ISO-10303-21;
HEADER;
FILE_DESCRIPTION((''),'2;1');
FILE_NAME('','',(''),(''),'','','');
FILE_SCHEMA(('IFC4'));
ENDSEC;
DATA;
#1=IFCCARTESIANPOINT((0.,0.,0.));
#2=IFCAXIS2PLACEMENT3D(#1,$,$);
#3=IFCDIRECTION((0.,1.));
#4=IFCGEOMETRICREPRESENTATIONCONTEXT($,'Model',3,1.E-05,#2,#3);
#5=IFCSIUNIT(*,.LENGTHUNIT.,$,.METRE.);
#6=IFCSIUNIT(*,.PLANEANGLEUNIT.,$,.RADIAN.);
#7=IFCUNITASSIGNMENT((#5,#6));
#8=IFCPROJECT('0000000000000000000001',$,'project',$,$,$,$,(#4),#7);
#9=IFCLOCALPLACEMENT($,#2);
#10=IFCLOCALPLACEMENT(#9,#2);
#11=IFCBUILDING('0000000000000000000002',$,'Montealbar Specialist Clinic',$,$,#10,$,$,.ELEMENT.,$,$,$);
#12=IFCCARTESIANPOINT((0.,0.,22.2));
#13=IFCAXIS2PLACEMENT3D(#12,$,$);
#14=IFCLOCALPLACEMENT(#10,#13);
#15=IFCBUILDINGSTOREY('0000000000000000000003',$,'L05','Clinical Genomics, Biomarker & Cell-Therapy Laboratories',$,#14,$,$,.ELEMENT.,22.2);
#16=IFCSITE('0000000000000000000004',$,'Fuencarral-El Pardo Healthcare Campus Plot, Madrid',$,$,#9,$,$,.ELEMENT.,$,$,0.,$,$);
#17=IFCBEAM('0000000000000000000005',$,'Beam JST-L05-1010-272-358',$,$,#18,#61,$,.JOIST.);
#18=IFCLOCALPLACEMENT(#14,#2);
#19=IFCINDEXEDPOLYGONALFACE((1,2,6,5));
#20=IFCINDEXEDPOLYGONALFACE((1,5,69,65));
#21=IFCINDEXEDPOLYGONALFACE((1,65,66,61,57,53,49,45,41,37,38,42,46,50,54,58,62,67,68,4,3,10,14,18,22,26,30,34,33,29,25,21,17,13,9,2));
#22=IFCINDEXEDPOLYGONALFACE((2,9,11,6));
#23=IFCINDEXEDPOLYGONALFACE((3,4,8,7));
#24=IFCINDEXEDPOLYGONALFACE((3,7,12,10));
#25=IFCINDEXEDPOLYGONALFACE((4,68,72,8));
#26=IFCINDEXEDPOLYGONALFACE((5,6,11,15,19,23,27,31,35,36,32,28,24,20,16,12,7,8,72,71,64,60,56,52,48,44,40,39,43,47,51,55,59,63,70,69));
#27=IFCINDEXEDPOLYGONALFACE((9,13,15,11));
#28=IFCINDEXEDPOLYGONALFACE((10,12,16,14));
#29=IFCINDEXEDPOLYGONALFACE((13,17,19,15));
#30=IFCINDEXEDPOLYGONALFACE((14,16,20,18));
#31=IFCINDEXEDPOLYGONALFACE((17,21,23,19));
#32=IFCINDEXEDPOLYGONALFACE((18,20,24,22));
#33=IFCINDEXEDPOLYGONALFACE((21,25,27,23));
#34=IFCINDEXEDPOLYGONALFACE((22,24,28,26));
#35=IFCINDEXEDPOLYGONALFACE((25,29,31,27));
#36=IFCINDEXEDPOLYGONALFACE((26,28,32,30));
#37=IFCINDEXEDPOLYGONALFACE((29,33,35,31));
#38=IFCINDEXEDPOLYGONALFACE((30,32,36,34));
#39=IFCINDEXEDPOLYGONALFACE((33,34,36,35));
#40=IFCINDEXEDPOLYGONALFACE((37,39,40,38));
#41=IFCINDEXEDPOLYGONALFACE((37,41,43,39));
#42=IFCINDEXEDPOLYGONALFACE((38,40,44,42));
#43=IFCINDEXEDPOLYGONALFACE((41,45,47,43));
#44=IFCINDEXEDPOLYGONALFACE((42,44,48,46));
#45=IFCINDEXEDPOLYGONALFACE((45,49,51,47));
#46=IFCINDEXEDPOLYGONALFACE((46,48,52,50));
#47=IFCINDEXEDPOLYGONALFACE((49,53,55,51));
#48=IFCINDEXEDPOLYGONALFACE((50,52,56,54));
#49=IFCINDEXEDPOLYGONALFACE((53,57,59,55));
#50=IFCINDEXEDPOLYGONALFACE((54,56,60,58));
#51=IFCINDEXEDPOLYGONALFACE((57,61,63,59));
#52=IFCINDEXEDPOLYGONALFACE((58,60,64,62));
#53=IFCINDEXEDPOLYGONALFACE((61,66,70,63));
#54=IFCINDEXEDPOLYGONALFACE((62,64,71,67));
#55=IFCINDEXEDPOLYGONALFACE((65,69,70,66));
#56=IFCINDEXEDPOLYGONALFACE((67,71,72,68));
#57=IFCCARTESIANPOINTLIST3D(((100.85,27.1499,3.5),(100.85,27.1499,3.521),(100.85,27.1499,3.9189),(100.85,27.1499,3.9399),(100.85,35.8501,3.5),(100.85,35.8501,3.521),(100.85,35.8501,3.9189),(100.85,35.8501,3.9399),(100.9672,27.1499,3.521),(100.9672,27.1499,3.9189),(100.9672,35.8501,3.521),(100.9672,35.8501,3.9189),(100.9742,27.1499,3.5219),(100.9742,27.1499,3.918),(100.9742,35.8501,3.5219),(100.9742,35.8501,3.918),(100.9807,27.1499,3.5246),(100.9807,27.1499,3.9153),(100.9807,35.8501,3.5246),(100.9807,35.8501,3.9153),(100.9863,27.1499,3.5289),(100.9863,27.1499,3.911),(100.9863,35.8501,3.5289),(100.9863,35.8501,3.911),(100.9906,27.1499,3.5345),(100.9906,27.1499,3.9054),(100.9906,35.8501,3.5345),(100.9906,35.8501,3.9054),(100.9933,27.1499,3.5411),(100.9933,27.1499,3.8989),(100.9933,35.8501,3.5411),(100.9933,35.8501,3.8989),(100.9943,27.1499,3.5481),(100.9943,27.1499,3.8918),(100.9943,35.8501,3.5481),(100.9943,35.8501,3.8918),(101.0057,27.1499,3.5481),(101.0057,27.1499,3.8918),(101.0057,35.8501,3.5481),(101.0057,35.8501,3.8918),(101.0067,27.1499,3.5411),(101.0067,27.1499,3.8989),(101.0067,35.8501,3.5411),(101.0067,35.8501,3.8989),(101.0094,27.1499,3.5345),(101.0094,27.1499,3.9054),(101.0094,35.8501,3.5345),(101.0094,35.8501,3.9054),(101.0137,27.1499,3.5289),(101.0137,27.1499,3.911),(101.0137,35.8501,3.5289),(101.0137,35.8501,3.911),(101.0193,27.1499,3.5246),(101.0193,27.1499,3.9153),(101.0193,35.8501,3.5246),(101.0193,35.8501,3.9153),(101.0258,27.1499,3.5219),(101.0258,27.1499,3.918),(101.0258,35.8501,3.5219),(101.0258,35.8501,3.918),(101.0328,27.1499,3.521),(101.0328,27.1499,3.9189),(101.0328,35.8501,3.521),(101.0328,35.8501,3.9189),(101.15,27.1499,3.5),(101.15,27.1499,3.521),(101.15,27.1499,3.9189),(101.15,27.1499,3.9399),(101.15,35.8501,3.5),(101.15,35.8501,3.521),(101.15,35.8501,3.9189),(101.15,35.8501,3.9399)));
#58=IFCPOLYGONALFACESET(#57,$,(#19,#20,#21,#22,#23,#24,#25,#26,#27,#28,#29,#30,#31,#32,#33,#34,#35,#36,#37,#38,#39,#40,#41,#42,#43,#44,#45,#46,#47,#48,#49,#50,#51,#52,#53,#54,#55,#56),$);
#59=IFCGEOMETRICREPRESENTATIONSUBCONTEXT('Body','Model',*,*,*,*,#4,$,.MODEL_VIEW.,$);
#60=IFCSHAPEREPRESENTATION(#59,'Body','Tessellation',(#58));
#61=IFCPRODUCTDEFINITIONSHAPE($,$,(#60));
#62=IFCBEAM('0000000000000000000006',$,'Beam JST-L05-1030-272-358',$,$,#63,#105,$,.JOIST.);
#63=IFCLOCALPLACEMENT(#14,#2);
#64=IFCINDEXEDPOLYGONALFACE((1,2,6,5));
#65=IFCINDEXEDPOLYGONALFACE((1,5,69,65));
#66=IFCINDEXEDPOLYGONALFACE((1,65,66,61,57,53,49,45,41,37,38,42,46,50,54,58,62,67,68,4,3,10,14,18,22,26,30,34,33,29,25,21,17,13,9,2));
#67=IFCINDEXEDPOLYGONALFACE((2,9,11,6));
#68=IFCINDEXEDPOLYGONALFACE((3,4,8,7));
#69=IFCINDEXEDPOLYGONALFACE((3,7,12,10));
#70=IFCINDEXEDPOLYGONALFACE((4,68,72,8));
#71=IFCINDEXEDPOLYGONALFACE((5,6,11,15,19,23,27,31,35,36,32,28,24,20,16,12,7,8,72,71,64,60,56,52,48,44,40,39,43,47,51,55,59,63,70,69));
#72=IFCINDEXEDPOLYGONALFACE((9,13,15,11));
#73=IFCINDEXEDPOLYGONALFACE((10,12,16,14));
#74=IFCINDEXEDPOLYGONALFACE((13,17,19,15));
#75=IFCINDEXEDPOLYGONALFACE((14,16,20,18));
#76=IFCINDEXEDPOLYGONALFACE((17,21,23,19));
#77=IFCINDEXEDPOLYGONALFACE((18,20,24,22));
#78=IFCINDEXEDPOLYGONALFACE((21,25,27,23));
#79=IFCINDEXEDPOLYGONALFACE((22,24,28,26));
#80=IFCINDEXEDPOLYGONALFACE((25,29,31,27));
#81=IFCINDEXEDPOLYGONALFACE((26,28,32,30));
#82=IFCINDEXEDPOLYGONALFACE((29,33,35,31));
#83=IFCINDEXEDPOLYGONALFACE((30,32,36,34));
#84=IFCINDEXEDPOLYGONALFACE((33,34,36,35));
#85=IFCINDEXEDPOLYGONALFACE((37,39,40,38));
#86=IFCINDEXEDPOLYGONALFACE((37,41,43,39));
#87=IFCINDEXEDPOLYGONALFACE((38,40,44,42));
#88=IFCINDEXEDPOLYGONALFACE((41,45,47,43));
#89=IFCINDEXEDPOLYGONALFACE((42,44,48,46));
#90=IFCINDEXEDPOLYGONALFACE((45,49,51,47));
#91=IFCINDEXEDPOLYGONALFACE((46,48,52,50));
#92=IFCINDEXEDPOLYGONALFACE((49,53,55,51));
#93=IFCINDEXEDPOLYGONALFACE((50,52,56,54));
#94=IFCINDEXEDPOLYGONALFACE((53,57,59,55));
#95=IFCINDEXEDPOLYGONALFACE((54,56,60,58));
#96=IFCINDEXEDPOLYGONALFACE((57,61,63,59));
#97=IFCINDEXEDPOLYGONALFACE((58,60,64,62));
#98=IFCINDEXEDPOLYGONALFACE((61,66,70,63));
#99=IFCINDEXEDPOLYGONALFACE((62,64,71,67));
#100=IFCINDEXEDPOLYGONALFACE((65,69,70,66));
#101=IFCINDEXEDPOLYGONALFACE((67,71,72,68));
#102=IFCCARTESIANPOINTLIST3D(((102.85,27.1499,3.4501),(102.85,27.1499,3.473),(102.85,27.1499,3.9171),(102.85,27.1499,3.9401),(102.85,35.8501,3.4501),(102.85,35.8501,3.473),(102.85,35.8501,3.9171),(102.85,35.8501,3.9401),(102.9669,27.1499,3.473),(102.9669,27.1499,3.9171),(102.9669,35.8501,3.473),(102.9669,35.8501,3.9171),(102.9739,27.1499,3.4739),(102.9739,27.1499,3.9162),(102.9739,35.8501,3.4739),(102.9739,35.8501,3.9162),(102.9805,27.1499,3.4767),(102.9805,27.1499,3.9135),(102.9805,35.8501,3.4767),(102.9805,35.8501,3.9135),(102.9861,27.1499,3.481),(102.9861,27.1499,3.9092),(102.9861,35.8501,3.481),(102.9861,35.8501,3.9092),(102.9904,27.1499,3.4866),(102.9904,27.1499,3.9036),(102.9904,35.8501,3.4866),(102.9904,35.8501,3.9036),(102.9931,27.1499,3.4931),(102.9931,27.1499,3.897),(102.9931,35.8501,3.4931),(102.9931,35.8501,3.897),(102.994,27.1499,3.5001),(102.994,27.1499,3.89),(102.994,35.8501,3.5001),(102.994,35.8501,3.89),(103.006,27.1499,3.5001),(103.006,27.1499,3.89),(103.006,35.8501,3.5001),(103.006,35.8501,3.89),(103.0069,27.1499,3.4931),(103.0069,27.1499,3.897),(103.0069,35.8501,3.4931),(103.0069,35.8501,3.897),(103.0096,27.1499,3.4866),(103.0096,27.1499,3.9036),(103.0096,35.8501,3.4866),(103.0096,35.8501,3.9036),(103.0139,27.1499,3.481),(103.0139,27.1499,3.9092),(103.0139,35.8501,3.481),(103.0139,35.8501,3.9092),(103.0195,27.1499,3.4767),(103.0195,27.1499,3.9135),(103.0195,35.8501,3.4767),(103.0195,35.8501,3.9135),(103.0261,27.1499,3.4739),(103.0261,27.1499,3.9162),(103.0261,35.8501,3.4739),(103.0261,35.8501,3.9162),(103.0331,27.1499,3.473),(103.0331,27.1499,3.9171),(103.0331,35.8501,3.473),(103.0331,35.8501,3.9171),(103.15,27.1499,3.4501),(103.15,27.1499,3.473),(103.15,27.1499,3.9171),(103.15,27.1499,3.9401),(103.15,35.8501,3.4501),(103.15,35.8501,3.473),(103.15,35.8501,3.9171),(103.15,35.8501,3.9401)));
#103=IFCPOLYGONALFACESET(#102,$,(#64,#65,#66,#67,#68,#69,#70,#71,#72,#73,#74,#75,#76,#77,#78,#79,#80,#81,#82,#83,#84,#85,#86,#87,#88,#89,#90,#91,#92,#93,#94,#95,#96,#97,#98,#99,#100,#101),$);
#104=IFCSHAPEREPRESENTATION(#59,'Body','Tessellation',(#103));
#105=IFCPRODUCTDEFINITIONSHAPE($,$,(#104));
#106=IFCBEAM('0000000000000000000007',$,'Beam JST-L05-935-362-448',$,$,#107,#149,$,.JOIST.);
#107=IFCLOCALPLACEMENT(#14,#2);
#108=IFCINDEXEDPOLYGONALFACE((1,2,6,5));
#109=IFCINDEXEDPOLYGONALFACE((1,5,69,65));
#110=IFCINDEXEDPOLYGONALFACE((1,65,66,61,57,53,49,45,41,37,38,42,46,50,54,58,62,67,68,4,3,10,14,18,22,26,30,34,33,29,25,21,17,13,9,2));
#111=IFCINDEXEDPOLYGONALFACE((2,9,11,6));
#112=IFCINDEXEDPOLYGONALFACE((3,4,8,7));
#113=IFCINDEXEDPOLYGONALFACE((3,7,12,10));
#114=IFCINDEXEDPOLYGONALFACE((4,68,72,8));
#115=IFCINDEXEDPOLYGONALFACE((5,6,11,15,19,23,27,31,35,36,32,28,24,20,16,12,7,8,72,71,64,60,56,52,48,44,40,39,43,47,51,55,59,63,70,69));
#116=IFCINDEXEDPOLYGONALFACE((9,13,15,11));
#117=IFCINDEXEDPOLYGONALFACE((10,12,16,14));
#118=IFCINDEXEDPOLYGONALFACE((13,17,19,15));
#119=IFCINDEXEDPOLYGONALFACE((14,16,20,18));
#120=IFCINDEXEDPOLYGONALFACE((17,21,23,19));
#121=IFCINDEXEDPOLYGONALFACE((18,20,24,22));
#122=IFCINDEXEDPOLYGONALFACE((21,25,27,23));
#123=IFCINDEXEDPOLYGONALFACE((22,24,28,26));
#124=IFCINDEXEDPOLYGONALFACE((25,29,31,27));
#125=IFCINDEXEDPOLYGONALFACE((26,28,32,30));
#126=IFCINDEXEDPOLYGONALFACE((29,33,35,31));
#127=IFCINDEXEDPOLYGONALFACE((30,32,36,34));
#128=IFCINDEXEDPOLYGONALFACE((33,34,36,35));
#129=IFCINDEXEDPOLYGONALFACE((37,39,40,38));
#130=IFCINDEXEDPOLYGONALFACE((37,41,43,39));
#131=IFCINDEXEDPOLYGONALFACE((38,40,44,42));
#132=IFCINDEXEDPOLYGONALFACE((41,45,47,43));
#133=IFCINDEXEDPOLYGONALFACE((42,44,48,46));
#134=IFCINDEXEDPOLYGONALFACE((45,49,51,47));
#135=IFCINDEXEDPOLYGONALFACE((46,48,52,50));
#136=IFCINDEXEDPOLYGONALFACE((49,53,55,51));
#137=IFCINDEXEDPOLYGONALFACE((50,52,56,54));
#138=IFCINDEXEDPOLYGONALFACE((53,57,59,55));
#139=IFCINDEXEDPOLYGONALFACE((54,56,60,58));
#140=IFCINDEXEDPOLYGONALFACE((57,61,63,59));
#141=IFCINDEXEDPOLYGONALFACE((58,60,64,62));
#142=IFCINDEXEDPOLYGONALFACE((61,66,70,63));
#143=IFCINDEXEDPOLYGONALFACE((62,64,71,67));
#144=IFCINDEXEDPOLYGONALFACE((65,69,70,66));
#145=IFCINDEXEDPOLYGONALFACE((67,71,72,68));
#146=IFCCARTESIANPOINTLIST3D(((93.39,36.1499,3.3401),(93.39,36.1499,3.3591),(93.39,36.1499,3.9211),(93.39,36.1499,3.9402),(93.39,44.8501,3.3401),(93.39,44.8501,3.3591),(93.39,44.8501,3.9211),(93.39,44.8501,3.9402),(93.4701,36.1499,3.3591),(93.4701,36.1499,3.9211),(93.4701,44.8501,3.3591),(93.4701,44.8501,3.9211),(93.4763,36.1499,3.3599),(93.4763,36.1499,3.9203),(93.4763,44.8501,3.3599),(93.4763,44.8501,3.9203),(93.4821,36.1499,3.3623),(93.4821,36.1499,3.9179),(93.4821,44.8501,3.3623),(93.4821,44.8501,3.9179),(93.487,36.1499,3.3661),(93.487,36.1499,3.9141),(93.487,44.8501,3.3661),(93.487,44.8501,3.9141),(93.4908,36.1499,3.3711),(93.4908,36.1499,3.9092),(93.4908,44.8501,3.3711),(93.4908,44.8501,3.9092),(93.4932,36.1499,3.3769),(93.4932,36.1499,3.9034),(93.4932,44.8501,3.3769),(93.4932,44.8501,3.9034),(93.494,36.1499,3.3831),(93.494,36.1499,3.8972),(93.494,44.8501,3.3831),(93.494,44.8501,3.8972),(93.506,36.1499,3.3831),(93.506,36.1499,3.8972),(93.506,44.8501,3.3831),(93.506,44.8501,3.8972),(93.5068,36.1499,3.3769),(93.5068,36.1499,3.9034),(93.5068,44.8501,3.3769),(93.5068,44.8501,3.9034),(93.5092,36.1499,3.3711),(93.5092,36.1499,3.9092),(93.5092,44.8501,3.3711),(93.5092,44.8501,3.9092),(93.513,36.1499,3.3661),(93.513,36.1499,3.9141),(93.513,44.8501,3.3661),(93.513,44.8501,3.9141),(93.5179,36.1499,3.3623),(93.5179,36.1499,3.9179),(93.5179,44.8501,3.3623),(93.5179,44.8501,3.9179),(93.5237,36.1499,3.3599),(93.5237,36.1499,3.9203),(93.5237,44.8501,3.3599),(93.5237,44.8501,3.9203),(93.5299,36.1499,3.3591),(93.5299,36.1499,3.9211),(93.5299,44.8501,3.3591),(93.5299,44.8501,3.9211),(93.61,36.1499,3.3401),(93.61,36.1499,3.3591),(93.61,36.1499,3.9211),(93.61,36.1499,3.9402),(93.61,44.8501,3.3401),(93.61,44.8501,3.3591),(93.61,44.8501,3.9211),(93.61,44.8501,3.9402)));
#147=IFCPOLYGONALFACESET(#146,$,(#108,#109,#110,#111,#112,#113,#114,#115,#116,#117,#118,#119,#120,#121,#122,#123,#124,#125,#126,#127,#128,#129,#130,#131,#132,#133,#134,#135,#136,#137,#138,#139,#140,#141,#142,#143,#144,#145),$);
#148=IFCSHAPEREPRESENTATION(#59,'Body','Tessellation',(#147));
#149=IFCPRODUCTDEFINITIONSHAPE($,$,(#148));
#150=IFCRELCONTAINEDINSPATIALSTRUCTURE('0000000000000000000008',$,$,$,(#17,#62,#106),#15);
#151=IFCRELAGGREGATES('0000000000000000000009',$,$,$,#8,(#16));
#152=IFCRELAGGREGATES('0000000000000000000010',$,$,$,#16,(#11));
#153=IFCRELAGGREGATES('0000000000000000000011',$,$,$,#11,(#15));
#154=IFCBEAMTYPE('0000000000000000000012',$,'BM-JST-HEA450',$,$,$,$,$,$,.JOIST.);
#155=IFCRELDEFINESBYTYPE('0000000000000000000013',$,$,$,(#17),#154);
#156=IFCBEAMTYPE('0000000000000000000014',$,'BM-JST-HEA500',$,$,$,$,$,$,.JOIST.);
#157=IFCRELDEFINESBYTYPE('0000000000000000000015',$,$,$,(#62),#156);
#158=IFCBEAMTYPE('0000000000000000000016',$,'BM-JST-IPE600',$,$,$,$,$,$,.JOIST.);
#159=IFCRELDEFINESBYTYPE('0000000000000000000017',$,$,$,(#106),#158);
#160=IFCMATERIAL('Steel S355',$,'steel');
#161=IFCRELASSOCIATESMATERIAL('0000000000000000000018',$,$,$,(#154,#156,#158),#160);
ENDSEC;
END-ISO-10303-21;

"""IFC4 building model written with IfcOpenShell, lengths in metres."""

from ifc_helpers import new_model, si_unit, direction, frame, origin, origin_2d, place, context, subcontext, project, spatial, i_section, extrude, material, material_profile, profile_set, type_object, element, save


model = new_model("IFC4")

# Units and contexts
model_context = context("Model", 3, precision=1e-05, world=origin(), true_north=direction((0.0, 1.0)))
body_context = subcontext(model_context, "Body", "Model", "MODEL_VIEW")
ifc_project = project(units=[si_unit("LENGTHUNIT", "METRE"), si_unit("PLANEANGLEUNIT", "RADIAN")], contexts=[model_context])

# Site, building, storey
site_placement = place(None, origin())
site = spatial("IfcSite", under=ifc_project, at=site_placement, Name="Fuencarral-El Pardo Healthcare Campus Plot, Madrid", CompositionType="ELEMENT", RefElevation=0.0)
building_placement = place(site_placement, origin())
building = spatial("IfcBuilding", under=site, at=building_placement, Name="Montealbar Specialist Clinic", CompositionType="ELEMENT")
storey_placement = place(building_placement, frame((0.0, 0.0, 22.2)))
storey = spatial("IfcBuildingStorey", under=building, at=storey_placement, Name="L05", Description="Clinical Genomics, Biomarker & Cell-Therapy Laboratories", CompositionType="ELEMENT", Elevation=22.2)

# Shared definitions
ifc_material_1 = material(Name="Steel S355", Category="steel")

# Beams
ifc_material_profile_1 = material_profile(ifc_material_1, i_section(OverallWidth=0.3, OverallDepth=0.4399, WebThickness=0.0115, FlangeThickness=0.021, FilletRadius=0.0271, at=origin_2d()), Name="HEA 450", Category="steel")
ifc_profile_set_1 = profile_set([ifc_material_profile_1], Name="Steel S355")
beam_type_1 = type_object("IfcBeamType", Name="BM-JST-HEA450", PredefinedType="JOIST", material=ifc_profile_set_1)
beam_1_placement = place(storey_placement, frame((101.0, 27.1499, 3.72), z_axis=(0.0, 1.0, 0.0), x_axis=(-1.0, 0.0, 0.0)))
element("IfcBeam", 1, at=beam_1_placement, inside=storey, type_object=beam_type_1, Name="Beam JST-L05-1010-272-358", PredefinedType="JOIST", context=body_context, shape_type="SweptSolid", body=[
    extrude(i_section(OverallWidth=0.3, OverallDepth=0.4399, WebThickness=0.0115, FlangeThickness=0.021, FilletRadius=0.0271, at=origin_2d()), origin(), (0.0, 0.0, 1.0), 8.7002),
])
ifc_material_profile_2 = material_profile(ifc_material_1, i_section(OverallWidth=0.3, OverallDepth=0.49, WebThickness=0.012, FlangeThickness=0.0229, FilletRadius=0.0271, at=origin_2d()), Name="HEA 500", Category="steel")
ifc_profile_set_2 = profile_set([ifc_material_profile_2], Name="Steel S355")
beam_type_2 = type_object("IfcBeamType", Name="BM-JST-HEA500", PredefinedType="JOIST", material=ifc_profile_set_2)
beam_2_placement = place(storey_placement, frame((103.0, 27.1499, 3.6951), z_axis=(0.0, 1.0, 0.0), x_axis=(-1.0, 0.0, 0.0)))
element("IfcBeam", 2, at=beam_2_placement, inside=storey, type_object=beam_type_2, Name="Beam JST-L05-1030-272-358", PredefinedType="JOIST", context=body_context, shape_type="SweptSolid", body=[
    extrude(i_section(OverallWidth=0.3, OverallDepth=0.49, WebThickness=0.012, FlangeThickness=0.0229, FilletRadius=0.0271, at=origin_2d()), origin(), (0.0, 0.0, 1.0), 8.7002),
])
ifc_material_profile_3 = material_profile(ifc_material_1, i_section(OverallWidth=0.22, OverallDepth=0.6001, WebThickness=0.012, FlangeThickness=0.019, FilletRadius=0.0239, at=origin_2d()), Name="IPE 600", Category="steel")
ifc_profile_set_3 = profile_set([ifc_material_profile_3], Name="Steel S355")
beam_type_3 = type_object("IfcBeamType", Name="BM-JST-IPE600", PredefinedType="JOIST", material=ifc_profile_set_3)
beam_3_placement = place(storey_placement, frame((93.5, 36.1499, 3.6401), z_axis=(0.0, 1.0, 0.0), x_axis=(-1.0, 0.0, 0.0)))
element("IfcBeam", 3, at=beam_3_placement, inside=storey, type_object=beam_type_3, Name="Beam JST-L05-935-362-448", PredefinedType="JOIST", context=body_context, shape_type="SweptSolid", body=[
    extrude(i_section(OverallWidth=0.22, OverallDepth=0.6001, WebThickness=0.012, FlangeThickness=0.019, FilletRadius=0.0239, at=origin_2d()), origin(), (0.0, 0.0, 1.0), 8.7002),
])

save(model, "model.ifc")
